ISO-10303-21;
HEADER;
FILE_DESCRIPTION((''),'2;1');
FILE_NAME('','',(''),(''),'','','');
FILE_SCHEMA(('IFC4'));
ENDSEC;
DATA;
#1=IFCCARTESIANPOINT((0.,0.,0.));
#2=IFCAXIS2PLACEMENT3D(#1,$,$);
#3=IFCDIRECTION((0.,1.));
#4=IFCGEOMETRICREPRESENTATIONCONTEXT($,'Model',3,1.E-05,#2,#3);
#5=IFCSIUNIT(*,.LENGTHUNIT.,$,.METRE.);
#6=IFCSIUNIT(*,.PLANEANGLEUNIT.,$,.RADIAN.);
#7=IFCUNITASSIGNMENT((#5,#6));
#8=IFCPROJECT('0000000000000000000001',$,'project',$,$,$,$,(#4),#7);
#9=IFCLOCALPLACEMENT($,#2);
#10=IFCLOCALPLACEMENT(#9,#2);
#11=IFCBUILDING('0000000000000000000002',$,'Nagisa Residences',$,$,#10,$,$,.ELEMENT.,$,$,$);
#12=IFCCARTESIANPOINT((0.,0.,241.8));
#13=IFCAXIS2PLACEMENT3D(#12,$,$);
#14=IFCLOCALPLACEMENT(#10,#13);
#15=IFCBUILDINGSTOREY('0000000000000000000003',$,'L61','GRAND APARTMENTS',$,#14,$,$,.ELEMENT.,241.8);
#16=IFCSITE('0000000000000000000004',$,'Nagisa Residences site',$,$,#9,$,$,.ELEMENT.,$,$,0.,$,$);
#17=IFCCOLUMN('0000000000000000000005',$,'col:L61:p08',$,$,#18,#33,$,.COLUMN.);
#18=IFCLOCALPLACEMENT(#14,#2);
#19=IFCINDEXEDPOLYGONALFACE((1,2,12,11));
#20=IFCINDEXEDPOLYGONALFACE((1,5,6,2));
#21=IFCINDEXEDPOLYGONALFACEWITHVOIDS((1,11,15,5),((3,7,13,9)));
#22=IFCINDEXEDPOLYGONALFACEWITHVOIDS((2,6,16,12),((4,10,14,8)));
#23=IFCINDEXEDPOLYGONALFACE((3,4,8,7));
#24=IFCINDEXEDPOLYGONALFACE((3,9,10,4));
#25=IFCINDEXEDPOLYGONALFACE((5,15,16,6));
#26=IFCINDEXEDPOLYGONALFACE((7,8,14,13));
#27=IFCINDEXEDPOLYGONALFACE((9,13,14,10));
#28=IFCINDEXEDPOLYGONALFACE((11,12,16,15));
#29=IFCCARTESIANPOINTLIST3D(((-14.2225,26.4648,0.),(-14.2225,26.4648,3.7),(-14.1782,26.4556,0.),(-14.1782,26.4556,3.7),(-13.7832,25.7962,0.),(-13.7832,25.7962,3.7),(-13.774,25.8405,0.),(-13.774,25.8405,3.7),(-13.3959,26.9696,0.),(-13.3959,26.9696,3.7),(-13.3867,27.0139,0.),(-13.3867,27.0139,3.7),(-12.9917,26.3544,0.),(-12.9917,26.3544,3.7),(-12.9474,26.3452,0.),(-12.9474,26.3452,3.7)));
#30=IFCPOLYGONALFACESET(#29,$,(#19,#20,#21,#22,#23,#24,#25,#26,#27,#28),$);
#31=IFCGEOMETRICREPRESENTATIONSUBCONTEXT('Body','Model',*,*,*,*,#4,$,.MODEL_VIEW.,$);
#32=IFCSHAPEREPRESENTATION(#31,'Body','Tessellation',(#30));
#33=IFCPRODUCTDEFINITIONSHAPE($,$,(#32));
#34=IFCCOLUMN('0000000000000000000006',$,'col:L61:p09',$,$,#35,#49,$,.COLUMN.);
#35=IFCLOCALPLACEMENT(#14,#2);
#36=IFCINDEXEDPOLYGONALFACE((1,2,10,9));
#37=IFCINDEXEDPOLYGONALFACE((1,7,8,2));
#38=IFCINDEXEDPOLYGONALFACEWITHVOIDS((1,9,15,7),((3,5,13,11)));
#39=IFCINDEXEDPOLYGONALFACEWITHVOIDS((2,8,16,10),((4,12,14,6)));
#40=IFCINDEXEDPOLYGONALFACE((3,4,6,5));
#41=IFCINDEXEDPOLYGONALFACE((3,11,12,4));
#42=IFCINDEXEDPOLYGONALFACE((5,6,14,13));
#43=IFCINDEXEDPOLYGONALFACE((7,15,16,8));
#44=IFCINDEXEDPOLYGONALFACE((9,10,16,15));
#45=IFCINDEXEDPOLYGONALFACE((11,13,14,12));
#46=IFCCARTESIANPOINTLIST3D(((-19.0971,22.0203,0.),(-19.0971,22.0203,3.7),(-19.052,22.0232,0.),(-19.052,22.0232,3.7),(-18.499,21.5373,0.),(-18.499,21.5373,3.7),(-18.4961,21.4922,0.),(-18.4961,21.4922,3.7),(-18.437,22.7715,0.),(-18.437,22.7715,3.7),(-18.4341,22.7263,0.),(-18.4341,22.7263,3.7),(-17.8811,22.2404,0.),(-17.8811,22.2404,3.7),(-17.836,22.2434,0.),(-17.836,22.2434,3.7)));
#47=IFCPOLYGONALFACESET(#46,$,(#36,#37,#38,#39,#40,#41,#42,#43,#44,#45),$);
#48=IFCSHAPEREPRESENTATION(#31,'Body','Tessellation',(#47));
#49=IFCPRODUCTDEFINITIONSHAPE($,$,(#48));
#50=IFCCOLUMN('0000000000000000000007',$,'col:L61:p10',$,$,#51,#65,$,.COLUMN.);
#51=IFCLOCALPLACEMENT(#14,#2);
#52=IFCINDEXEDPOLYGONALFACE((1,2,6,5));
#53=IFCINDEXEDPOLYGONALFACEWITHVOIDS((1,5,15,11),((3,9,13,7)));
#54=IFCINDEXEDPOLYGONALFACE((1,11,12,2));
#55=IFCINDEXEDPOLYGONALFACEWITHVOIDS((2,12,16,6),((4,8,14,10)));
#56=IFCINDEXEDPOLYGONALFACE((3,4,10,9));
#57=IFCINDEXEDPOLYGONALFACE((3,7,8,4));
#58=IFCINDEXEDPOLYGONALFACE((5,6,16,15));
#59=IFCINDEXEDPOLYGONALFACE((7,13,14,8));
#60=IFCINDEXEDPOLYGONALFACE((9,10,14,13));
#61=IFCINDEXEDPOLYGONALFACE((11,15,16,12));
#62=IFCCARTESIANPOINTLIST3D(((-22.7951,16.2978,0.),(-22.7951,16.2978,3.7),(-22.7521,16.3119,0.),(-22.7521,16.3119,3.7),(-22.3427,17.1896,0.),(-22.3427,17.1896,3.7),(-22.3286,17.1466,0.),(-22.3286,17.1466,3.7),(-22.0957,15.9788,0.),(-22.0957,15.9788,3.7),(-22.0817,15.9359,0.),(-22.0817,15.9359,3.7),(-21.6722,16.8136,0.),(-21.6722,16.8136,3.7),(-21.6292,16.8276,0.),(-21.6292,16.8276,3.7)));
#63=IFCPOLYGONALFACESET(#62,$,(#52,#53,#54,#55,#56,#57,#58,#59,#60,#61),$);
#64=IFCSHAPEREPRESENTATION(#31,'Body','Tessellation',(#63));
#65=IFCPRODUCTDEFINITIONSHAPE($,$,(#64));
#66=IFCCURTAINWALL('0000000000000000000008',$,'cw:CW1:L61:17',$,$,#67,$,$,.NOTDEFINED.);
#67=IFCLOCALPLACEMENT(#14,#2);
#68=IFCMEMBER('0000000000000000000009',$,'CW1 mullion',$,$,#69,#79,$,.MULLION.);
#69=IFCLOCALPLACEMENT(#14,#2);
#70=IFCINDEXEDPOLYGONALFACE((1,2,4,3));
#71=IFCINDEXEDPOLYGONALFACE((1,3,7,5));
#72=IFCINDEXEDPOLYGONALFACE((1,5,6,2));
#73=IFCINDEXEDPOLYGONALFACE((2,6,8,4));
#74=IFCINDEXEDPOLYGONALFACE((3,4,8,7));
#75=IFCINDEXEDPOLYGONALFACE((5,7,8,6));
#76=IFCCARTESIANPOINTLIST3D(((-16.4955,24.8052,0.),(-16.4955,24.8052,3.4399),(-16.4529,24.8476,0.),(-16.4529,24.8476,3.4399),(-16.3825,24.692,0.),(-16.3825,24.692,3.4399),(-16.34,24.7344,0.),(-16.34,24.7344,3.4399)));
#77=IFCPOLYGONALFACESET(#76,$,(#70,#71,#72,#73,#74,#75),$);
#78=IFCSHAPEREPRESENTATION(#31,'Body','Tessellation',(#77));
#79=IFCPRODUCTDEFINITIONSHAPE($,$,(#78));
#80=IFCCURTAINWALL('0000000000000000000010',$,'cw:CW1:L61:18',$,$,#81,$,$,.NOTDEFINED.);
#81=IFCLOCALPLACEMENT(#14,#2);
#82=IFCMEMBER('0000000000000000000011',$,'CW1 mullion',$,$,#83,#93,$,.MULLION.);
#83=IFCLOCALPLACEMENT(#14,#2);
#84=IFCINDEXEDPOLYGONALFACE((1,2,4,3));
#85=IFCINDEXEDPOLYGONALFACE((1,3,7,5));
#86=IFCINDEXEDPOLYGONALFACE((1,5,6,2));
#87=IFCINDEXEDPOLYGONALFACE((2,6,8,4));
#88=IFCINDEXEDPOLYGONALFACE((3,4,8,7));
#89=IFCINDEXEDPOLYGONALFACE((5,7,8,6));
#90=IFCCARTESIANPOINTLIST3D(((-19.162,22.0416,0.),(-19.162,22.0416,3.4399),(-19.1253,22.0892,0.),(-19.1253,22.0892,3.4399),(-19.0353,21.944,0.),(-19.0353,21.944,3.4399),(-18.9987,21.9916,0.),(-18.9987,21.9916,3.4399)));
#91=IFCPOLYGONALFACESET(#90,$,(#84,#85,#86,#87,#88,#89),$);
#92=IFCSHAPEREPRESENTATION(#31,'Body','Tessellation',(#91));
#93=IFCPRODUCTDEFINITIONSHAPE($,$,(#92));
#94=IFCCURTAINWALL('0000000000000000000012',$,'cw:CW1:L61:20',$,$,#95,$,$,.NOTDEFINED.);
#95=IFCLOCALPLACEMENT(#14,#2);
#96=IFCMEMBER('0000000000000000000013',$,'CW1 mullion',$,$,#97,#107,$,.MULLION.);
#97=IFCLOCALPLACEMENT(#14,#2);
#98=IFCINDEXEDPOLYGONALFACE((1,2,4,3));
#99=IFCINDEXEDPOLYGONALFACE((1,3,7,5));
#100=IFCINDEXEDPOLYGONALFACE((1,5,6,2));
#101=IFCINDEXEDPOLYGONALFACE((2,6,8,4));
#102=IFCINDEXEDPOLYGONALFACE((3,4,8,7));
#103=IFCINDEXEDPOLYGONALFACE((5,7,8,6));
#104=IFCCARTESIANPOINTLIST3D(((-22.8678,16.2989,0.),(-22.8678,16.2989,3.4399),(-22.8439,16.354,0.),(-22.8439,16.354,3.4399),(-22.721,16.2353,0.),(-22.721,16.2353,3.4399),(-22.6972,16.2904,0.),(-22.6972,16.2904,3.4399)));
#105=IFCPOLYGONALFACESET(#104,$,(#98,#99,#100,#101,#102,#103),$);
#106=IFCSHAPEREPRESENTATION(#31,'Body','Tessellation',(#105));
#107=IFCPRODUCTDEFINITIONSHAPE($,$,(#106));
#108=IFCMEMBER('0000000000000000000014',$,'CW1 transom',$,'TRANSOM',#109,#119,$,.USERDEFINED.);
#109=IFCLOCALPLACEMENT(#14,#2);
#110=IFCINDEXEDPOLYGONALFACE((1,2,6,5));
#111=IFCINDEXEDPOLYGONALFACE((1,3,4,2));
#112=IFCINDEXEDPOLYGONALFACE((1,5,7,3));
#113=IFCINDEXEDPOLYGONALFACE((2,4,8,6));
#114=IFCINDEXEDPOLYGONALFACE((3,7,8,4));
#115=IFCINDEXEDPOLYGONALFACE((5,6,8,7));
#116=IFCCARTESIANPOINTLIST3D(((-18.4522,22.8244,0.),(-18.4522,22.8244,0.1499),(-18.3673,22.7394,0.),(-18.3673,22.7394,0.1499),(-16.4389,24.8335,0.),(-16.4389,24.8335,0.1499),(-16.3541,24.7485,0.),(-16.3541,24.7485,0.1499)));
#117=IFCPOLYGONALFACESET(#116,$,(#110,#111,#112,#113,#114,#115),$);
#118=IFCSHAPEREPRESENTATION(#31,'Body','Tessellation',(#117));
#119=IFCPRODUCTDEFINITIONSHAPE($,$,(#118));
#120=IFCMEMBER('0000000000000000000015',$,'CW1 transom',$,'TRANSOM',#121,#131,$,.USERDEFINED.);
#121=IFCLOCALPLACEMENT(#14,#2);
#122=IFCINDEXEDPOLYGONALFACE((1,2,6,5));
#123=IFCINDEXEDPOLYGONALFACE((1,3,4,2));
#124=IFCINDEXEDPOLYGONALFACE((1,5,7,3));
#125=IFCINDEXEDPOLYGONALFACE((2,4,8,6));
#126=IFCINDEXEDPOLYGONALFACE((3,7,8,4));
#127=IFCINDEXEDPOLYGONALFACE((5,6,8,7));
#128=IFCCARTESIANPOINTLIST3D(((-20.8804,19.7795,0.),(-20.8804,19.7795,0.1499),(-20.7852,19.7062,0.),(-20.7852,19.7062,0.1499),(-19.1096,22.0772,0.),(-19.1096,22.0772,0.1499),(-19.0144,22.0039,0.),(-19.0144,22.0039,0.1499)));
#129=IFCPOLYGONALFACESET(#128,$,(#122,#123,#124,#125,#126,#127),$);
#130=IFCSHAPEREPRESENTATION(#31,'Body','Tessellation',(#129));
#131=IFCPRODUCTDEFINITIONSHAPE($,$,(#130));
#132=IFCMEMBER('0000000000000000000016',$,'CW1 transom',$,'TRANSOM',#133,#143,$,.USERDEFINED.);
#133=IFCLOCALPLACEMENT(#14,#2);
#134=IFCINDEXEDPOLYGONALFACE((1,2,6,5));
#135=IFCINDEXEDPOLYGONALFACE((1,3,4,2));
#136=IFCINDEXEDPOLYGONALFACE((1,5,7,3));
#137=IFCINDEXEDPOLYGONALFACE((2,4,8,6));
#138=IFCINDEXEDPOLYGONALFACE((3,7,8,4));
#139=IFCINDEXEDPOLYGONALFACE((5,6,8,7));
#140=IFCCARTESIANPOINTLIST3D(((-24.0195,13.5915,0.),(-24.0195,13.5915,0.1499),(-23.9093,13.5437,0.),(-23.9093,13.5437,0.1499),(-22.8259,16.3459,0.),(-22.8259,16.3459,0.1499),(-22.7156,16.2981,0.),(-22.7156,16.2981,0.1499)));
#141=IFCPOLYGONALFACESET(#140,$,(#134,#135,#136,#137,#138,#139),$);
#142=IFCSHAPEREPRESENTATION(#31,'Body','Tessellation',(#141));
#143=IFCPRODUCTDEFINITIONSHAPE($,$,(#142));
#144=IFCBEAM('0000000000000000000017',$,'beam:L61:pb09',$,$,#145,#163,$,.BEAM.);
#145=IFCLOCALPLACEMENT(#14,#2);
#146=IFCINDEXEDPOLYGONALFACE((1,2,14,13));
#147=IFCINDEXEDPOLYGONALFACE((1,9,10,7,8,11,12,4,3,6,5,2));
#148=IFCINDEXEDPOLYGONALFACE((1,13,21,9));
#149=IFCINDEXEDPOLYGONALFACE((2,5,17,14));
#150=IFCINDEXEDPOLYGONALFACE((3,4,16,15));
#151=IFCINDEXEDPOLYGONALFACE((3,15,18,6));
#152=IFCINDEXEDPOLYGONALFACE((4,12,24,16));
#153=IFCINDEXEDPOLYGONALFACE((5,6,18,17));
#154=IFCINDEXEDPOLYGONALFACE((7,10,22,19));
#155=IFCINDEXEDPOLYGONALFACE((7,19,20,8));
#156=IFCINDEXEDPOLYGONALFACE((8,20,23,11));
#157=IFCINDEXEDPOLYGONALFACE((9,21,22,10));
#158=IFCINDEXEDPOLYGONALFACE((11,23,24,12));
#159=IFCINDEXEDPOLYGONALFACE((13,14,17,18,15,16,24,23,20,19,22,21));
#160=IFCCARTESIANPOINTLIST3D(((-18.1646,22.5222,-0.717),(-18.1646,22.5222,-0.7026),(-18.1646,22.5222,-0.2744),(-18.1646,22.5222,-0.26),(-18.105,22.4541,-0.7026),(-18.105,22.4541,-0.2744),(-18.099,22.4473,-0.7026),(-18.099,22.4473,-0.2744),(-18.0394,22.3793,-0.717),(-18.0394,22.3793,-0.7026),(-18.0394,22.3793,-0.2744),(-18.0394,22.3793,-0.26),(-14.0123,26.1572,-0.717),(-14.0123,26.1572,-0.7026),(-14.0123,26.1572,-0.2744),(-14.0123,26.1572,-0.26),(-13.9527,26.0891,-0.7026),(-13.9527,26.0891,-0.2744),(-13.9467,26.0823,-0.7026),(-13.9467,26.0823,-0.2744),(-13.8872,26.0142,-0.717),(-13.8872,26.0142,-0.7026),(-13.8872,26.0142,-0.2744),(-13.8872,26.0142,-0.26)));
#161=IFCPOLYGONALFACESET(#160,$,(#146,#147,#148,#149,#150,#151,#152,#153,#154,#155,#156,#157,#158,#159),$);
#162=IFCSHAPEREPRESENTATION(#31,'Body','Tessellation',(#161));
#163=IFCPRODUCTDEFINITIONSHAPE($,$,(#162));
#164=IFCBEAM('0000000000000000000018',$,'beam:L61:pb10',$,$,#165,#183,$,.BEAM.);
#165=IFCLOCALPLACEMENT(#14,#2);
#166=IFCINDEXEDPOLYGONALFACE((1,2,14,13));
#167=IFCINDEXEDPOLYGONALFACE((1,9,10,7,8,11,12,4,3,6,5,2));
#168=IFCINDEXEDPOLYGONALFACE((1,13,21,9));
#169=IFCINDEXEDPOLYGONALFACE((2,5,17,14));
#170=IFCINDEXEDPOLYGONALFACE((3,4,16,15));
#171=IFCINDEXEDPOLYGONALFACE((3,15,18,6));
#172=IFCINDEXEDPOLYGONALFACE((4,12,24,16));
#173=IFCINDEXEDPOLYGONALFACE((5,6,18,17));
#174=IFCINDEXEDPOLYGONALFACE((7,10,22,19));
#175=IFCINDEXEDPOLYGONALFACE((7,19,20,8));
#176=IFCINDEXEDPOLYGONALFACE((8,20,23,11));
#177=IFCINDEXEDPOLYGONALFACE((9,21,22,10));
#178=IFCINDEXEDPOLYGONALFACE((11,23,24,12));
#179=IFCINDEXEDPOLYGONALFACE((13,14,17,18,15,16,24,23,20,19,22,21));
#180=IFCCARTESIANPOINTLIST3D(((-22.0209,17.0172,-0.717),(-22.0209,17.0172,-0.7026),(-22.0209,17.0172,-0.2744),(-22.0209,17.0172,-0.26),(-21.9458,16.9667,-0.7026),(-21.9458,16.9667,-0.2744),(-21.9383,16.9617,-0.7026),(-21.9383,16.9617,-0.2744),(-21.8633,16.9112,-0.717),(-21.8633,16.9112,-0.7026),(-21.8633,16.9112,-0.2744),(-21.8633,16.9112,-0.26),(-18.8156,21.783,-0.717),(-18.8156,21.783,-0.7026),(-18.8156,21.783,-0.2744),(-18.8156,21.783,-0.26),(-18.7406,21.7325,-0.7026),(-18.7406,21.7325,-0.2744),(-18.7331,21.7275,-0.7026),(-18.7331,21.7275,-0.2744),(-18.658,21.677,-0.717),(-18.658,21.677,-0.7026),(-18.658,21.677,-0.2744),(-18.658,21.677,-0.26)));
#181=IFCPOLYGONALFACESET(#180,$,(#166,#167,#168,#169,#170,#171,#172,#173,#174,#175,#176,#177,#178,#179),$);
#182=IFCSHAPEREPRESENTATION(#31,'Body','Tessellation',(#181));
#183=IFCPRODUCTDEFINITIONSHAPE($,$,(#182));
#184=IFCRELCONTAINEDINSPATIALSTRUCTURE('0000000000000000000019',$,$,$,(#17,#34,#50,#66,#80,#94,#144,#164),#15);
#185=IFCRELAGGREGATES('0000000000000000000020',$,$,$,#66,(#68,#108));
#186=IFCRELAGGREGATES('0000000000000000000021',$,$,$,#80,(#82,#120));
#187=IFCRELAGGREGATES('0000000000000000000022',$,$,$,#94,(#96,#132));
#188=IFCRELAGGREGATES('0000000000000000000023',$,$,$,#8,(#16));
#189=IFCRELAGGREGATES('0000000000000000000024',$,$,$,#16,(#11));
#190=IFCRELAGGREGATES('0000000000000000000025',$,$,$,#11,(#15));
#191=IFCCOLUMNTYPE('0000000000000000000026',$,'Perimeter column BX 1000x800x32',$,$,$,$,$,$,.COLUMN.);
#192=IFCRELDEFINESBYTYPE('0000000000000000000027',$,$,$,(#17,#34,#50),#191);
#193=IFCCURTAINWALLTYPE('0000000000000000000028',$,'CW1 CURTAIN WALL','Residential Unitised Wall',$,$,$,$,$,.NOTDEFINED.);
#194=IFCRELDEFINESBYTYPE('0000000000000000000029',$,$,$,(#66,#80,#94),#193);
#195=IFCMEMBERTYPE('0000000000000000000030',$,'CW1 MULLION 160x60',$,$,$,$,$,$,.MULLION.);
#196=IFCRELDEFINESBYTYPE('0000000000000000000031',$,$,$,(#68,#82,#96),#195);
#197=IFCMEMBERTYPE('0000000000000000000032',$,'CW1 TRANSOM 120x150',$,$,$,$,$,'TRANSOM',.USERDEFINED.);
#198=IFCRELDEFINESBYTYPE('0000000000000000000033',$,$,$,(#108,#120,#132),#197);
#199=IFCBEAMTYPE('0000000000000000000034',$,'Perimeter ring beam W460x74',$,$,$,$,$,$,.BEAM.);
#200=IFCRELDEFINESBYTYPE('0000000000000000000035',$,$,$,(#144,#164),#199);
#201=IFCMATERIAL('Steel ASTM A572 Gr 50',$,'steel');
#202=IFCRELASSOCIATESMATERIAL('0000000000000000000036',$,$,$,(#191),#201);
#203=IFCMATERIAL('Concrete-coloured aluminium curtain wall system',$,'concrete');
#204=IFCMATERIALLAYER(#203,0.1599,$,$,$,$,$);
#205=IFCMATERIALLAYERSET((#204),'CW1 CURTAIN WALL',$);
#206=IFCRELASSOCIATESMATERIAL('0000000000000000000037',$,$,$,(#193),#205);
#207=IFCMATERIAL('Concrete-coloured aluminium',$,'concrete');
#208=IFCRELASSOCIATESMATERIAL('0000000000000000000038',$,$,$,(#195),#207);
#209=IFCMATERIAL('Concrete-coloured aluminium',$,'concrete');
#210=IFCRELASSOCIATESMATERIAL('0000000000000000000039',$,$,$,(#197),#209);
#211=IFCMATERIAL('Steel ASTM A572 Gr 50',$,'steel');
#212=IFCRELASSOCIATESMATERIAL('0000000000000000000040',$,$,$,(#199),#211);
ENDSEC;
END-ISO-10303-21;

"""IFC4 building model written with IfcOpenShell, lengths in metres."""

from ifc_helpers import new_model, si_unit, direction, frame, origin, origin_2d, place, context, subcontext, project, spatial, rectangle, hollow_rectangle, i_section, extrude, material, layer, layer_set, material_profile, profile_set, type_object, element, aggregate, save


model = new_model("IFC4")

# Units and contexts
model_context = context("Model", 3, precision=1e-05, world=origin(), true_north=direction((0.0, 1.0)))
body_context = subcontext(model_context, "Body", "Model", "MODEL_VIEW")
ifc_project = project(units=[si_unit("LENGTHUNIT", "METRE"), si_unit("PLANEANGLEUNIT", "RADIAN")], contexts=[model_context])

# Site, building, storey
site_placement = place(None, origin())
site = spatial("IfcSite", under=ifc_project, at=site_placement, Name="Nagisa Residences site", CompositionType="ELEMENT", RefElevation=0.0)
building_placement = place(site_placement, origin())
building = spatial("IfcBuilding", under=site, at=building_placement, Name="Nagisa Residences", CompositionType="ELEMENT")
storey_placement = place(building_placement, frame((0.0, 0.0, 241.8)))
storey = spatial("IfcBuildingStorey", under=building, at=storey_placement, Name="L61", Description="GRAND APARTMENTS", CompositionType="ELEMENT", Elevation=241.8)

# Columns
ifc_material_1 = material(Name="Steel ASTM A572 Gr 50", Category="steel")
ifc_material_profile_1 = material_profile(ifc_material_1, hollow_rectangle(XDim=1.0, YDim=0.8, WallThickness=0.032, at=origin_2d()), Name="BX 1000x800x32")
ifc_profile_set_1 = profile_set([ifc_material_profile_1], Name="Steel ASTM A572 Gr 50")
column_type = type_object("IfcColumnType", Name="Perimeter column BX 1000x800x32", PredefinedType="COLUMN", material=ifc_profile_set_1)
for number, where, z_axis, x_axis, name in (
    (1, (-13.585, 26.405, 0.0), (0.0, 0.0, 1.0), (-0.835766, -0.549086, 0.0), "col:L61:p08"),
    (2, (-18.4666, 22.1318, 0.0), (0.0, 0.0, 1.0), (-0.660115, -0.751165, 0.0), "col:L61:p09"),
    (3, (-22.2122, 16.5627, 0.0), (0.0, 0.0, 1.0), (-0.452463, -0.891783, 0.0), "col:L61:p10"),
):
    element("IfcColumn", number, at=place(storey_placement, frame(where, z_axis=z_axis, x_axis=x_axis)), inside=storey, type_object=column_type, Name=name, PredefinedType="COLUMN", context=body_context, shape_type="SweptSolid", body=[
        extrude(hollow_rectangle(XDim=1.0, YDim=0.8, WallThickness=0.032, at=origin_2d()), origin(), (0.0, 0.0, 1.0), 3.7),
    ])

# Curtain walls, members
ifc_material_2 = material(Name="Concrete-coloured aluminium curtain wall system", Category="concrete")
ifc_layer_1 = layer(ifc_material_2, 0.1599)
ifc_layer_set_1 = layer_set([ifc_layer_1], Name="CW1 CURTAIN WALL")
curtain_wall_type = type_object("IfcCurtainWallType", Name="CW1 CURTAIN WALL", Description="Residential Unitised Wall", PredefinedType="NOTDEFINED", material=ifc_layer_set_1)
curtain_wall_1_placement = place(storey_placement, origin())
curtain_wall_1 = element("IfcCurtainWall", 4, at=curtain_wall_1_placement, inside=storey, type_object=curtain_wall_type, Name="cw:CW1:L61:17", PredefinedType="NOTDEFINED")
ifc_material_3 = material(Name="Concrete-coloured aluminium", Category="concrete")
ifc_material_profile_2 = material_profile(ifc_material_3, rectangle(XDim=0.1599, YDim=0.0601, at=origin_2d()), Name="CW1 MULLION 160x60")
ifc_profile_set_2 = profile_set([ifc_material_profile_2], Name="Concrete-coloured aluminium")
member_type_1 = type_object("IfcMemberType", Name="CW1 MULLION 160x60", PredefinedType="MULLION", material=ifc_profile_set_2)
member_1_placement = place(storey_placement, frame((-16.4177, 24.7698, 0.0), z_axis=(0.0, 0.0, 1.0), x_axis=(0.706377, -0.707836, 0.0)))
member_1 = element("IfcMember", 5, at=member_1_placement, type_object=member_type_1, Name="CW1 mullion", PredefinedType="MULLION", context=body_context, shape_type="SweptSolid", body=[
    extrude(rectangle(XDim=0.1599, YDim=0.0601, at=origin_2d()), origin(), (0.0, 0.0, 1.0), 3.4399),
])
curtain_wall_2_placement = place(storey_placement, origin())
curtain_wall_2 = element("IfcCurtainWall", 6, at=curtain_wall_2_placement, inside=storey, type_object=curtain_wall_type, Name="cw:CW1:L61:18", PredefinedType="NOTDEFINED")
member_2_placement = place(storey_placement, frame((-19.0803, 22.0166, 0.0), z_axis=(0.0, 0.0, 1.0), x_axis=(0.79207, -0.61043, 0.0)))
member_2 = element("IfcMember", 7, at=member_2_placement, type_object=member_type_1, Name="CW1 mullion", PredefinedType="MULLION", context=body_context, shape_type="SweptSolid", body=[
    extrude(rectangle(XDim=0.1599, YDim=0.0601, at=origin_2d()), origin(), (0.0, 0.0, 1.0), 3.4399),
])
curtain_wall_3_placement = place(storey_placement, origin())
curtain_wall_3 = element("IfcCurtainWall", 8, at=curtain_wall_3_placement, inside=storey, type_object=curtain_wall_type, Name="cw:CW1:L61:20", PredefinedType="NOTDEFINED")
member_3_placement = place(storey_placement, frame((-22.7825, 16.2947, 0.0), z_axis=(0.0, 0.0, 1.0), x_axis=(0.917543, -0.397636, 0.0)))
member_3 = element("IfcMember", 9, at=member_3_placement, type_object=member_type_1, Name="CW1 mullion", PredefinedType="MULLION", context=body_context, shape_type="SweptSolid", body=[
    extrude(rectangle(XDim=0.1599, YDim=0.0601, at=origin_2d()), origin(), (0.0, 0.0, 1.0), 3.4399),
])

# Members
ifc_material_4 = material(Name="Concrete-coloured aluminium", Category="concrete")
ifc_material_profile_3 = material_profile(ifc_material_4, rectangle(XDim=0.1201, YDim=0.1499, at=origin_2d()), Name="CW1 TRANSOM 120x150")
ifc_profile_set_3 = profile_set([ifc_material_profile_3], Name="Concrete-coloured aluminium")
member_type_2 = type_object("IfcMemberType", Name="CW1 TRANSOM 120x150", ElementType="TRANSOM", PredefinedType="USERDEFINED", material=ifc_profile_set_3)
member_4_placement = place(storey_placement, frame((-16.3965, 24.791, 0.075), z_axis=(-0.707836, -0.706377, 0.0), x_axis=(0.706377, -0.707836, 0.0)))
member_4 = element("IfcMember", 10, at=member_4_placement, type_object=member_type_2, Name="CW1 transom", ObjectType="TRANSOM", PredefinedType="USERDEFINED", context=body_context, shape_type="SweptSolid", body=[
    extrude(rectangle(XDim=0.1201, YDim=0.1499, at=origin_2d()), origin(), (0.0, 0.0, 1.0), 2.8442),
])
member_5_placement = place(storey_placement, frame((-19.062, 22.0405, 0.075), z_axis=(-0.610439, -0.792064, 0.0), x_axis=(0.792064, -0.610439, 0.0)))
member_5 = element("IfcMember", 11, at=member_5_placement, type_object=member_type_2, Name="CW1 transom", ObjectType="TRANSOM", PredefinedType="USERDEFINED", context=body_context, shape_type="SweptSolid", body=[
    extrude(rectangle(XDim=0.1201, YDim=0.1499, at=origin_2d()), origin(), (0.0, 0.0, 1.0), 2.9009),
])
member_6_placement = place(storey_placement, frame((-22.7708, 16.322, 0.075), z_axis=(-0.397617, -0.917552, 0.0), x_axis=(0.917552, -0.397617, 0.0)))
member_6 = element("IfcMember", 12, at=member_6_placement, type_object=member_type_2, Name="CW1 transom", ObjectType="TRANSOM", PredefinedType="USERDEFINED", context=body_context, shape_type="SweptSolid", body=[
    extrude(rectangle(XDim=0.1201, YDim=0.1499, at=origin_2d()), origin(), (0.0, 0.0, 1.0), 3.002),
])

# Beams
ifc_material_5 = material(Name="Steel ASTM A572 Gr 50", Category="steel")
ifc_material_profile_4 = material_profile(ifc_material_5, i_section(OverallWidth=0.1899, OverallDepth=0.457, WebThickness=0.009, FlangeThickness=0.0144, at=origin_2d()), Name="W460x74")
ifc_profile_set_4 = profile_set([ifc_material_profile_4], Name="Steel ASTM A572 Gr 50")
beam_type_1 = type_object("IfcBeamType", Name="Perimeter ring beam W460x74", PredefinedType="BEAM", material=ifc_profile_set_4)
beam_1_placement = place(storey_placement, frame((-13.9497, 26.0857, -0.4885), z_axis=(-0.752423, -0.65868, 0.0), x_axis=(0.65868, -0.752423, 0.0)))
element("IfcBeam", 13, at=beam_1_placement, inside=storey, type_object=beam_type_1, Name="beam:L61:pb09", PredefinedType="BEAM", context=body_context, shape_type="SweptSolid", body=[
    extrude(i_section(OverallWidth=0.1899, OverallDepth=0.457, WebThickness=0.009, FlangeThickness=0.0144, at=origin_2d()), origin(), (0.0, 0.0, 1.0), 5.5186),
])
beam_2_placement = place(storey_placement, frame((-18.7368, 21.73, -0.4885), z_axis=(-0.55808, -0.829787, 0.0), x_axis=(0.829787, -0.55808, 0.0)))
element("IfcBeam", 14, at=beam_2_placement, inside=storey, type_object=beam_type_1, Name="beam:L61:pb10", PredefinedType="BEAM", context=body_context, shape_type="SweptSolid", body=[
    extrude(i_section(OverallWidth=0.1899, OverallDepth=0.457, WebThickness=0.009, FlangeThickness=0.0144, at=origin_2d()), origin(), (0.0, 0.0, 1.0), 5.7434),
])

aggregate(curtain_wall_1, [member_1, member_4])
aggregate(curtain_wall_2, [member_2, member_5])
aggregate(curtain_wall_3, [member_3, member_6])

save(model, "model.ifc")
